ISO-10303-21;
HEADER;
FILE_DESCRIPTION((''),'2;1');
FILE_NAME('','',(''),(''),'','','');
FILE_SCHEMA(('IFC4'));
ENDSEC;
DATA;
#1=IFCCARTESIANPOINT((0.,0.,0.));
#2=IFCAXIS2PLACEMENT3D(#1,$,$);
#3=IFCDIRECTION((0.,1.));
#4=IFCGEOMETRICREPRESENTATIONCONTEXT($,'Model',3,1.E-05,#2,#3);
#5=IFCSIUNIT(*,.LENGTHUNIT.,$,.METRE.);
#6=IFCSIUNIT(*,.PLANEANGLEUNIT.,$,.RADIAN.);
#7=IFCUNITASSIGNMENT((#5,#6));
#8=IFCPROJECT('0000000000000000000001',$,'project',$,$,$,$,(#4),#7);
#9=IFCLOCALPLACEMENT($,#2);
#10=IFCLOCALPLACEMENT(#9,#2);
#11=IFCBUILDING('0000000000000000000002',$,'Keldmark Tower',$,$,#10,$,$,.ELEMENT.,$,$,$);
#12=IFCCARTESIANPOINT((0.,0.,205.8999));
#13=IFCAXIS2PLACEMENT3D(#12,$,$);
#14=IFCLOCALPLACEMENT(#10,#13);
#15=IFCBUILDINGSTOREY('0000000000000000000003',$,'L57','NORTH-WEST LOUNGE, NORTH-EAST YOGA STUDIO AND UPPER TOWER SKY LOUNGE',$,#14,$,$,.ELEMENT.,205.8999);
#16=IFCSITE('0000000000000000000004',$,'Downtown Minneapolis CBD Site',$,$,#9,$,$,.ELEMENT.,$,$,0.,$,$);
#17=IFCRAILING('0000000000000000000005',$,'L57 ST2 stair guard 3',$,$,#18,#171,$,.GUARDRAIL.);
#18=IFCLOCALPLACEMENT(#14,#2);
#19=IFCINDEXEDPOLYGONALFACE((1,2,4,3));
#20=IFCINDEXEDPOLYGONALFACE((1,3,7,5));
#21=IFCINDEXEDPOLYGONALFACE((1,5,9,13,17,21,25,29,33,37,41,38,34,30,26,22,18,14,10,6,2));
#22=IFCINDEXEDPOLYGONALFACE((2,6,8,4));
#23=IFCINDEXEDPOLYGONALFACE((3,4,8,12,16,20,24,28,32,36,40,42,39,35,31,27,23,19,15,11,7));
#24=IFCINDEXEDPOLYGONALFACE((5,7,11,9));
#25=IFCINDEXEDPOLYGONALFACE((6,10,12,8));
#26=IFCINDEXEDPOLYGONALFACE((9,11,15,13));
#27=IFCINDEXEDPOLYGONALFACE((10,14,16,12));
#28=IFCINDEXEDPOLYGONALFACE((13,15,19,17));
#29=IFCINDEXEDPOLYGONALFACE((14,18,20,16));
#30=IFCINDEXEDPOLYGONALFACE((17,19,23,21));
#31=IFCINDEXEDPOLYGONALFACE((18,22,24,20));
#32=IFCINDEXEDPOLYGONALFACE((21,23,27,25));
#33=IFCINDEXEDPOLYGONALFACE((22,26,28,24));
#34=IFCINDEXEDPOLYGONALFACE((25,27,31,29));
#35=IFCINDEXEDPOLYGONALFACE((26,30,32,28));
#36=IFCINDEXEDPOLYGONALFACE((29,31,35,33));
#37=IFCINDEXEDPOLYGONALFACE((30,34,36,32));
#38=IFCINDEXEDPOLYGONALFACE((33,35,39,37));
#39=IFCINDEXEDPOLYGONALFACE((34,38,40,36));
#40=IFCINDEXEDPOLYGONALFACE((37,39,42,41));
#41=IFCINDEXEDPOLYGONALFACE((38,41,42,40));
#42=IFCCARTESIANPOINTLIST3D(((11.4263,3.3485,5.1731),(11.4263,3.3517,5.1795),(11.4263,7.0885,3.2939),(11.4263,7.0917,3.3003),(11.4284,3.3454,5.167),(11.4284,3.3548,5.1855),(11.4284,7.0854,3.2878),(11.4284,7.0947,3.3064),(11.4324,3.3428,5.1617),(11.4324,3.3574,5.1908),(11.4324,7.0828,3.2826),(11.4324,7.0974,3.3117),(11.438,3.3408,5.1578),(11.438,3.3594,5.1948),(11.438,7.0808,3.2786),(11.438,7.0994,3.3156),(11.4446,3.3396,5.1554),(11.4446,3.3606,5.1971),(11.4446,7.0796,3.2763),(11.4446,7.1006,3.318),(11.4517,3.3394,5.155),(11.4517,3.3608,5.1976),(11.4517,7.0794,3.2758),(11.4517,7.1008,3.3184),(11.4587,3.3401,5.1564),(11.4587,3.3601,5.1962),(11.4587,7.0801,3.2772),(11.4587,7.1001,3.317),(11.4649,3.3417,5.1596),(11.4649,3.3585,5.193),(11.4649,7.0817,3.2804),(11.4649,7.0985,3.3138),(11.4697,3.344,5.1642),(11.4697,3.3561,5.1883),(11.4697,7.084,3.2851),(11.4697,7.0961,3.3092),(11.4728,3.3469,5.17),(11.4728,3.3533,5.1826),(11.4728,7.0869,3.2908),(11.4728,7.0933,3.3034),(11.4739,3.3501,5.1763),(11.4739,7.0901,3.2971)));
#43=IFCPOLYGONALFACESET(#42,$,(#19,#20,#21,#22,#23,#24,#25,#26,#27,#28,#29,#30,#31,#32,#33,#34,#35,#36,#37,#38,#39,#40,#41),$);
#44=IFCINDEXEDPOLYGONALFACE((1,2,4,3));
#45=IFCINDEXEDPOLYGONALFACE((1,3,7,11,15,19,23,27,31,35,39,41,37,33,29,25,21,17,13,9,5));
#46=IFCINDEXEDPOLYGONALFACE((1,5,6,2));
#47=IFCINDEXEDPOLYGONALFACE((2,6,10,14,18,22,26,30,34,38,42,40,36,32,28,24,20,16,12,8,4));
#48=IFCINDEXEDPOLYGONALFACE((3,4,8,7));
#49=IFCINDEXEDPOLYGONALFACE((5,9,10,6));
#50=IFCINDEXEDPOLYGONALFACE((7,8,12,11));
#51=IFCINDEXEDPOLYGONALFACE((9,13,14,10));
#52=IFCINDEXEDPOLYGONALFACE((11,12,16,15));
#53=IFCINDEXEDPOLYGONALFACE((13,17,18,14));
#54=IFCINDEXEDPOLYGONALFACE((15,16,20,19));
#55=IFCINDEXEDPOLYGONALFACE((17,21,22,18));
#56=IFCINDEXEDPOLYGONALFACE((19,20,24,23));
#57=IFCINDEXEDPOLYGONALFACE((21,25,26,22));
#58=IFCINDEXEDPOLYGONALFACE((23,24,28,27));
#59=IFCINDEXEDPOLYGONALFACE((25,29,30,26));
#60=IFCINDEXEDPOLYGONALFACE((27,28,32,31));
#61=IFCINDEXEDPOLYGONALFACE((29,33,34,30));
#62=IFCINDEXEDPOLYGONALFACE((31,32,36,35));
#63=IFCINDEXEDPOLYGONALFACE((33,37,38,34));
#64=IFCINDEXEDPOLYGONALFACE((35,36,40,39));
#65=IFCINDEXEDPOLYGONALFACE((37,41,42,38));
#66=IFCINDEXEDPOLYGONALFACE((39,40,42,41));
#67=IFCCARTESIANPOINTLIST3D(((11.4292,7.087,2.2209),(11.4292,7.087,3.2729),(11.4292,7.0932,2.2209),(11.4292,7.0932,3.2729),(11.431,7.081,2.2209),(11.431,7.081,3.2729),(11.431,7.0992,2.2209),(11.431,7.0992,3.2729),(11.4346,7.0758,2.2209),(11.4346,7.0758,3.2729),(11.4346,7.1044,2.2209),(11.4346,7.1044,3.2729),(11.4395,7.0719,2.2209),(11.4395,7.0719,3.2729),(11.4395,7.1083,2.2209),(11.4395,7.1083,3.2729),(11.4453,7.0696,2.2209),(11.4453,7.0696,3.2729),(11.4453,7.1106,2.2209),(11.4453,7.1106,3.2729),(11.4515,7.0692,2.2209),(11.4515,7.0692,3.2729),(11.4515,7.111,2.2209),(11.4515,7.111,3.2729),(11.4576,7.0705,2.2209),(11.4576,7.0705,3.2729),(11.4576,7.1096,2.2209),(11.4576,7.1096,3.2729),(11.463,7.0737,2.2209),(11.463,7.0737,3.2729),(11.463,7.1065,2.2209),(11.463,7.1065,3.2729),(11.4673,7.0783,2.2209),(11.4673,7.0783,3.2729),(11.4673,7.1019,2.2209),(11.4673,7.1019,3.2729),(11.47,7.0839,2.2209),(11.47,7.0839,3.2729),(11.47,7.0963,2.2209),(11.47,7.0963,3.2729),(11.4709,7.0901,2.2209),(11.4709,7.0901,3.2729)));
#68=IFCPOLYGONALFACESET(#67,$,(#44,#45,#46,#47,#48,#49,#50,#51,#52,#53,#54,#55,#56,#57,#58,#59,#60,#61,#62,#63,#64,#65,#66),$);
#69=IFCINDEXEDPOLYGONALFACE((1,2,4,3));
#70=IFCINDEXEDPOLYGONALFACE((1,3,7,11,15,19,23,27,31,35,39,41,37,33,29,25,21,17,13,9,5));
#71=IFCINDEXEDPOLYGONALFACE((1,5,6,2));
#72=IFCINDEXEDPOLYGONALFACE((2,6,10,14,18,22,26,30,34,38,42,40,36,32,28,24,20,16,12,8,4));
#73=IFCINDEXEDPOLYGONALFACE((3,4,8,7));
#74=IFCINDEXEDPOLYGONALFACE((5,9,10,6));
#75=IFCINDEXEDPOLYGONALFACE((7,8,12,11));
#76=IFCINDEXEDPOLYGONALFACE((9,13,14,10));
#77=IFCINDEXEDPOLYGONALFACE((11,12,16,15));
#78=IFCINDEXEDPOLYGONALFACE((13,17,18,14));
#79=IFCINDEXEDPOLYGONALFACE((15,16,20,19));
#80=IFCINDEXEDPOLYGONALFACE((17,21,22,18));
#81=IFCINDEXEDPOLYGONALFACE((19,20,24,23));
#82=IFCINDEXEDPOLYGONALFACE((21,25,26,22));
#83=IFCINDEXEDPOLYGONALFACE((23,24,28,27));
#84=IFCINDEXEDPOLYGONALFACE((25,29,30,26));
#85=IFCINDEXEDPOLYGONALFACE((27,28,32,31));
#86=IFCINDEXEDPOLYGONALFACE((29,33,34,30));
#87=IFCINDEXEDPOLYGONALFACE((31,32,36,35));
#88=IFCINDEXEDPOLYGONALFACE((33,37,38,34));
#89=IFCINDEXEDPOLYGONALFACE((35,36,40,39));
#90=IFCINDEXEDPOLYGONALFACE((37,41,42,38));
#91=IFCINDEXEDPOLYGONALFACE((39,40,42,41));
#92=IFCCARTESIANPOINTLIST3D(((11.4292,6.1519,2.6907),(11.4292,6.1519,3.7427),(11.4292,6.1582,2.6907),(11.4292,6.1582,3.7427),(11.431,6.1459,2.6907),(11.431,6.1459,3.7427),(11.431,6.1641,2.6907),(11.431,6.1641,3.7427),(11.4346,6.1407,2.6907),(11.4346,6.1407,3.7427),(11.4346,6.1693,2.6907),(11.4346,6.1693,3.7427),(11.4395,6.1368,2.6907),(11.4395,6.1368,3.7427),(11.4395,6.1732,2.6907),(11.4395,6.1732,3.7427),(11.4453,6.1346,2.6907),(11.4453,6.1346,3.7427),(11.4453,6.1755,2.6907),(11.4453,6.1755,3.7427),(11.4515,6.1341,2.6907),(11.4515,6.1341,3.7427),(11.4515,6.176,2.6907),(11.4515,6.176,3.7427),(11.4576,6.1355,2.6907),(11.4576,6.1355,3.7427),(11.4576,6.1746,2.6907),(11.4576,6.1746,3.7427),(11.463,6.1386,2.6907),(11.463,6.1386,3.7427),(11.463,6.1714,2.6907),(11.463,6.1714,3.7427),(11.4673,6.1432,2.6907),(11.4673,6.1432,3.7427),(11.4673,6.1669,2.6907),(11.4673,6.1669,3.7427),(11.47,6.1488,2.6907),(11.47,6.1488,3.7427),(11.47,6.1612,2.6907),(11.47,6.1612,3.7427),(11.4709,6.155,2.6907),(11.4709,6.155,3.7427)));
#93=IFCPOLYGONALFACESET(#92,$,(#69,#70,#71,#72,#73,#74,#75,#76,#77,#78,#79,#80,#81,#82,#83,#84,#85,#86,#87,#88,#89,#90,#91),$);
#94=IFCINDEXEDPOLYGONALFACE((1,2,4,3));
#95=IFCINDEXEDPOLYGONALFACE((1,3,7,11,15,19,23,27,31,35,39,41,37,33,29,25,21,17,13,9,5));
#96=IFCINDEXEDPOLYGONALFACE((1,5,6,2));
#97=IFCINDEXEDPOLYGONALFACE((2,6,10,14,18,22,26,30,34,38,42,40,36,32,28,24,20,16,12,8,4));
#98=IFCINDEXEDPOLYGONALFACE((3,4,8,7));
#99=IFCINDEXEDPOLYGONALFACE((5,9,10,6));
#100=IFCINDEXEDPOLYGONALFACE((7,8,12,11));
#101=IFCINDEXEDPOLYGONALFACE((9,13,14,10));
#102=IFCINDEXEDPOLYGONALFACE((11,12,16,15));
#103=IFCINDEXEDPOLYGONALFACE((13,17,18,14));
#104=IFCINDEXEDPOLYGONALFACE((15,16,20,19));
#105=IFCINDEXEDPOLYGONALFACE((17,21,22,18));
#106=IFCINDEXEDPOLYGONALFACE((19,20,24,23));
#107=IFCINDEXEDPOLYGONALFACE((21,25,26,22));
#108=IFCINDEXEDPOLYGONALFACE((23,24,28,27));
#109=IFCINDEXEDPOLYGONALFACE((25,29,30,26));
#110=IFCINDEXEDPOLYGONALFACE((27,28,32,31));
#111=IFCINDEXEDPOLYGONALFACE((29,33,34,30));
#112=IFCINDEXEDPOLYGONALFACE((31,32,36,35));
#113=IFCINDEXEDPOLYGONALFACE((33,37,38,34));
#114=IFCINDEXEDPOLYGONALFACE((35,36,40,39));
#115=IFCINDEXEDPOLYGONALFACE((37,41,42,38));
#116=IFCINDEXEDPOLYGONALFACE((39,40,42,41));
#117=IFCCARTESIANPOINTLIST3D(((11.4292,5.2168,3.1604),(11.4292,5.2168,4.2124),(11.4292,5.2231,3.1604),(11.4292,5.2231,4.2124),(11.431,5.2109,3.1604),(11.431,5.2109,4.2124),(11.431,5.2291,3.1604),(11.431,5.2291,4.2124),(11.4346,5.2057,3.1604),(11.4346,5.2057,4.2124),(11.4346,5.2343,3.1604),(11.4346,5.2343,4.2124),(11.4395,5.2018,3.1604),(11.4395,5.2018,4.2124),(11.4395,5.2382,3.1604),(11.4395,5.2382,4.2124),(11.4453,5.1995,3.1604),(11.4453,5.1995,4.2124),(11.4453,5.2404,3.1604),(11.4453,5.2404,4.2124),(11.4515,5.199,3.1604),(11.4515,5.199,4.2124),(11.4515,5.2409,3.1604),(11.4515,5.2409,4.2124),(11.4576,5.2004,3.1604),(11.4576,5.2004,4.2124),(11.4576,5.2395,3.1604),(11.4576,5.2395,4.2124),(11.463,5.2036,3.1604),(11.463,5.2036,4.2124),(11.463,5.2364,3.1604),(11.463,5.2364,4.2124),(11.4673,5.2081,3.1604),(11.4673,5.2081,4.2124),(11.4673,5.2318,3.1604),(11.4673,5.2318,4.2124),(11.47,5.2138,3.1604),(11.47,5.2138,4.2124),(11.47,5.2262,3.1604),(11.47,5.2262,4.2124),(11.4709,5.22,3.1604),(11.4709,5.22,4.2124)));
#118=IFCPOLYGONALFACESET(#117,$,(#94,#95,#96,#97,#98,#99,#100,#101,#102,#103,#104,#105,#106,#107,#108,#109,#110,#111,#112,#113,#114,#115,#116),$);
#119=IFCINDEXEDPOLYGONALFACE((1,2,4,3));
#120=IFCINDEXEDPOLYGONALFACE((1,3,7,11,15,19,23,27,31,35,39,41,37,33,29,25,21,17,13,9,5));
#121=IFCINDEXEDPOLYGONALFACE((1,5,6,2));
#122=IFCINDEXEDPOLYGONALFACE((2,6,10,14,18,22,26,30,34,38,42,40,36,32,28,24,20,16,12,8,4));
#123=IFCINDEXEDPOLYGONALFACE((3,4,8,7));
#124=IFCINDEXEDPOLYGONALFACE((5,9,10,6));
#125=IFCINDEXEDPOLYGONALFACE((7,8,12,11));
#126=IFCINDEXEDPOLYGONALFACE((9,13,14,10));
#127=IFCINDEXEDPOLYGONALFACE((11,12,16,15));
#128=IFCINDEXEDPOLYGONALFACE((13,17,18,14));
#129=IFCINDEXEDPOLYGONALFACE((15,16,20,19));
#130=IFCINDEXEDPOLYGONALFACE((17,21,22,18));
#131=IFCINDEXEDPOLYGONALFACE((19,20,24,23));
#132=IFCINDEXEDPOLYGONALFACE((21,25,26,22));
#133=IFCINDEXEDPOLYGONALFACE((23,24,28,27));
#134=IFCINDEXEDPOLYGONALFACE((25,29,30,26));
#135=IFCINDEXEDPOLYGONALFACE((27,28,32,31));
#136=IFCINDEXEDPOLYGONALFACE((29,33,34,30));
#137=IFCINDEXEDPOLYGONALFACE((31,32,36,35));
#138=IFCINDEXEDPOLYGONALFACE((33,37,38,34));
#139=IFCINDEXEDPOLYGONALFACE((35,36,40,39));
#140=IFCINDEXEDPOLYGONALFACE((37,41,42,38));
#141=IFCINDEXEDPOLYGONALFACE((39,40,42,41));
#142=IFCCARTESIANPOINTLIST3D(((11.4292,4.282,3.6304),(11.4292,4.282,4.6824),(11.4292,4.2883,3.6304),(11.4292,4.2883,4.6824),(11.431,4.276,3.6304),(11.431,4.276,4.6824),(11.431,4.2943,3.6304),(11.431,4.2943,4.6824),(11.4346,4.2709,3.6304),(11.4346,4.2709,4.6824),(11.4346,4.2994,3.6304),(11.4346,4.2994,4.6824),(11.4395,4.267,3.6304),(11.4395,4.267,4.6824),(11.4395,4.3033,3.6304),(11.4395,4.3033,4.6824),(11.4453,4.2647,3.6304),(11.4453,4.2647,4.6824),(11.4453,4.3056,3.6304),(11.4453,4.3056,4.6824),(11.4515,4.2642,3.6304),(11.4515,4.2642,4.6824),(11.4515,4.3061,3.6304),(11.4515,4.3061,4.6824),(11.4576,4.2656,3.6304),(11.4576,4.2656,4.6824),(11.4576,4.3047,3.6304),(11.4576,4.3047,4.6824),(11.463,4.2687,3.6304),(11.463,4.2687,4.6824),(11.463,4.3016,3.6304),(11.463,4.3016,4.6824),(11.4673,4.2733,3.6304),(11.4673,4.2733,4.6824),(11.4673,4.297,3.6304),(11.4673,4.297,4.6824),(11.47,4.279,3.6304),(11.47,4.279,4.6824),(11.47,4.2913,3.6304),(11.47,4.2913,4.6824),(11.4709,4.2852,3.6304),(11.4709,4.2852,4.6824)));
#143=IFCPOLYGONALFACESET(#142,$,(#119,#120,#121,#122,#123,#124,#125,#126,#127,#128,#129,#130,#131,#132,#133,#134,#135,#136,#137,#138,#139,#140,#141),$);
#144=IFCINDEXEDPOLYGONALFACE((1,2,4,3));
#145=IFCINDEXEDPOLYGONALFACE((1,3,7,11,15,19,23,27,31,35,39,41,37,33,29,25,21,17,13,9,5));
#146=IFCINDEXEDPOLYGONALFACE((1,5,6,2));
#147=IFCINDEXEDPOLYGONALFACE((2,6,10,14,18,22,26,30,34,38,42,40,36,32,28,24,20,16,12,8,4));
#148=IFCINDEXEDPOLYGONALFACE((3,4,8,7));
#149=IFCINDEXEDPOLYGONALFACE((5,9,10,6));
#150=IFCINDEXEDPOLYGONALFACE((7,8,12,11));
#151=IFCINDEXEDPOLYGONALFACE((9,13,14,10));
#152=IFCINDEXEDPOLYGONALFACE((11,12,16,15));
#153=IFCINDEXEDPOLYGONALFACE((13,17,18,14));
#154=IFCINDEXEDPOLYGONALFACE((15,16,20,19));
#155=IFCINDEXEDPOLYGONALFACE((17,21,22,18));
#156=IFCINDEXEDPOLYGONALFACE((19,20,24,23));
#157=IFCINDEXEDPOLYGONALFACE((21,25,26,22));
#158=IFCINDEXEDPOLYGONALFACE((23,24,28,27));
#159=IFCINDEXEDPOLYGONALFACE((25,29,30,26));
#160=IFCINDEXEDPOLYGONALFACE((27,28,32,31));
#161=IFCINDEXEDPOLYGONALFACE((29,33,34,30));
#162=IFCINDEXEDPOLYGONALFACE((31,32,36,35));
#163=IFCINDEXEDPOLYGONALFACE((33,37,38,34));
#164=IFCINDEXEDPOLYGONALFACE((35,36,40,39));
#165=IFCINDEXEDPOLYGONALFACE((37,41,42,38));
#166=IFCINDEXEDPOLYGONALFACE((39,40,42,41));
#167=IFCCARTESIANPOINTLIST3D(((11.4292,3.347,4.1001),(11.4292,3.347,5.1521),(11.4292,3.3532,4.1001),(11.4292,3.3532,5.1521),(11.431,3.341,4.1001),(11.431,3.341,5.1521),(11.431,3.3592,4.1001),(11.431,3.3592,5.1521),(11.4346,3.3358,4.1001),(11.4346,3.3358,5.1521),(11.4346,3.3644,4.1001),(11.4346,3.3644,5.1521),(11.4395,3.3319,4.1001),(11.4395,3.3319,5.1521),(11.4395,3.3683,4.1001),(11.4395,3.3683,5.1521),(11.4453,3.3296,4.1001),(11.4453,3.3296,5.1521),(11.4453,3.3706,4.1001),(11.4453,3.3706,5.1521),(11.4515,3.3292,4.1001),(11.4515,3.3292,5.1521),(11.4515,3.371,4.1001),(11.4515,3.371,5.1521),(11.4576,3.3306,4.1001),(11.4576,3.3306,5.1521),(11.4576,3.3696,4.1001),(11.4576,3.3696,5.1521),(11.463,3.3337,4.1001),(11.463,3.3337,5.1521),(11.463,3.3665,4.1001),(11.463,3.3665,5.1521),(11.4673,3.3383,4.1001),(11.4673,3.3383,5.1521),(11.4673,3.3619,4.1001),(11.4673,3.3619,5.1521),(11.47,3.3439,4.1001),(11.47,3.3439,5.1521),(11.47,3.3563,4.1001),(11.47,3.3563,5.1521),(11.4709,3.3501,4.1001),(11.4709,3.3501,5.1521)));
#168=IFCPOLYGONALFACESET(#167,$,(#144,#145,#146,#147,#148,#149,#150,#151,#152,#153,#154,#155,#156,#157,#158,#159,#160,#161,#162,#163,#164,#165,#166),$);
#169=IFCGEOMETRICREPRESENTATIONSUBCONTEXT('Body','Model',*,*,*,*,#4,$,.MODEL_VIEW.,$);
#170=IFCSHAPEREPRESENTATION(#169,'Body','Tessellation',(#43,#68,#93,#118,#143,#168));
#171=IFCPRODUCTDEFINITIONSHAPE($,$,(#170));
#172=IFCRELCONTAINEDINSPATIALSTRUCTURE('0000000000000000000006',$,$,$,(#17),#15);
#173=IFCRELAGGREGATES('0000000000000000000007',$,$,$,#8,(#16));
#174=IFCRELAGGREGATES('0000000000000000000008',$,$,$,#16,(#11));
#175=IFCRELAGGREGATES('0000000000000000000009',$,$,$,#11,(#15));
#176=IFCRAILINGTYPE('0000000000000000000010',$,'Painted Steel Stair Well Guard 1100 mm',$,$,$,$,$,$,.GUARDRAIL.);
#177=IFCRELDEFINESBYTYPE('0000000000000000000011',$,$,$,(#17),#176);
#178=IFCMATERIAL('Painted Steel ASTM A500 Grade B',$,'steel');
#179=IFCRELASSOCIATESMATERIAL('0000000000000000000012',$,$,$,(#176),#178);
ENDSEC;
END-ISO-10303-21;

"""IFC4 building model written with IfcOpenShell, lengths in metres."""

from ifc_helpers import new_model, si_unit, direction, frame, origin, origin_2d, place, context, subcontext, project, spatial, circle, extrude, material, type_object, element, save


model = new_model("IFC4")

# Units and contexts
model_context = context("Model", 3, precision=1e-05, world=origin(), true_north=direction((0.0, 1.0)))
body_context = subcontext(model_context, "Body", "Model", "MODEL_VIEW")
ifc_project = project(units=[si_unit("LENGTHUNIT", "METRE"), si_unit("PLANEANGLEUNIT", "RADIAN")], contexts=[model_context])

# Site, building, storey
site_placement = place(None, origin())
site = spatial("IfcSite", under=ifc_project, at=site_placement, Name="Downtown Minneapolis CBD Site", CompositionType="ELEMENT", RefElevation=0.0)
building_placement = place(site_placement, origin())
building = spatial("IfcBuilding", under=site, at=building_placement, Name="Keldmark Tower", CompositionType="ELEMENT")
storey_placement = place(building_placement, frame((0.0, 0.0, 205.8999)))
storey = spatial("IfcBuildingStorey", under=building, at=storey_placement, Name="L57", Description="NORTH-WEST LOUNGE, NORTH-EAST YOGA STUDIO AND UPPER TOWER SKY LOUNGE", CompositionType="ELEMENT", Elevation=205.8999)

# Railing
ifc_material_1 = material(Name="Painted Steel ASTM A500 Grade B", Category="steel")
railing_type_1 = type_object("IfcRailingType", Name="Painted Steel Stair Well Guard 1100 mm", PredefinedType="GUARDRAIL", material=ifc_material_1)
railing_1_placement = place(storey_placement, frame((11.45, 7.0901, 2.2209)))
element("IfcRailing", 1, at=railing_1_placement, inside=storey, type_object=railing_type_1, Name="L57 ST2 stair guard 3", PredefinedType="GUARDRAIL", context=body_context, shape_type="SweptSolid", body=[
    extrude(circle(Radius=0.0239, at=origin_2d()), frame((0.0, 0.0, 1.0762), z_axis=(0.0, -0.893551, 0.448963), x_axis=(1.0, 0.0, 0.0)), (0.0, 0.0, 1.0), 4.1855),
    extrude(circle(Radius=0.021, at=origin_2d()), origin(), (0.0, 0.0, 1.0), 1.052),
    extrude(circle(Radius=0.021, at=origin_2d()), frame((0.0, -0.9351, 0.4697)), (0.0, 0.0, 1.0), 1.052),
    extrude(circle(Radius=0.021, at=origin_2d()), frame((0.0, -1.8701, 0.9395)), (0.0, 0.0, 1.0), 1.052),
    extrude(circle(Radius=0.021, at=origin_2d()), frame((0.0, -2.8049, 1.4094)), (0.0, 0.0, 1.0), 1.052),
    extrude(circle(Radius=0.021, at=origin_2d()), frame((0.0, -3.74, 1.8792)), (0.0, 0.0, 1.0), 1.052),
])

save(model, "model.ifc")
